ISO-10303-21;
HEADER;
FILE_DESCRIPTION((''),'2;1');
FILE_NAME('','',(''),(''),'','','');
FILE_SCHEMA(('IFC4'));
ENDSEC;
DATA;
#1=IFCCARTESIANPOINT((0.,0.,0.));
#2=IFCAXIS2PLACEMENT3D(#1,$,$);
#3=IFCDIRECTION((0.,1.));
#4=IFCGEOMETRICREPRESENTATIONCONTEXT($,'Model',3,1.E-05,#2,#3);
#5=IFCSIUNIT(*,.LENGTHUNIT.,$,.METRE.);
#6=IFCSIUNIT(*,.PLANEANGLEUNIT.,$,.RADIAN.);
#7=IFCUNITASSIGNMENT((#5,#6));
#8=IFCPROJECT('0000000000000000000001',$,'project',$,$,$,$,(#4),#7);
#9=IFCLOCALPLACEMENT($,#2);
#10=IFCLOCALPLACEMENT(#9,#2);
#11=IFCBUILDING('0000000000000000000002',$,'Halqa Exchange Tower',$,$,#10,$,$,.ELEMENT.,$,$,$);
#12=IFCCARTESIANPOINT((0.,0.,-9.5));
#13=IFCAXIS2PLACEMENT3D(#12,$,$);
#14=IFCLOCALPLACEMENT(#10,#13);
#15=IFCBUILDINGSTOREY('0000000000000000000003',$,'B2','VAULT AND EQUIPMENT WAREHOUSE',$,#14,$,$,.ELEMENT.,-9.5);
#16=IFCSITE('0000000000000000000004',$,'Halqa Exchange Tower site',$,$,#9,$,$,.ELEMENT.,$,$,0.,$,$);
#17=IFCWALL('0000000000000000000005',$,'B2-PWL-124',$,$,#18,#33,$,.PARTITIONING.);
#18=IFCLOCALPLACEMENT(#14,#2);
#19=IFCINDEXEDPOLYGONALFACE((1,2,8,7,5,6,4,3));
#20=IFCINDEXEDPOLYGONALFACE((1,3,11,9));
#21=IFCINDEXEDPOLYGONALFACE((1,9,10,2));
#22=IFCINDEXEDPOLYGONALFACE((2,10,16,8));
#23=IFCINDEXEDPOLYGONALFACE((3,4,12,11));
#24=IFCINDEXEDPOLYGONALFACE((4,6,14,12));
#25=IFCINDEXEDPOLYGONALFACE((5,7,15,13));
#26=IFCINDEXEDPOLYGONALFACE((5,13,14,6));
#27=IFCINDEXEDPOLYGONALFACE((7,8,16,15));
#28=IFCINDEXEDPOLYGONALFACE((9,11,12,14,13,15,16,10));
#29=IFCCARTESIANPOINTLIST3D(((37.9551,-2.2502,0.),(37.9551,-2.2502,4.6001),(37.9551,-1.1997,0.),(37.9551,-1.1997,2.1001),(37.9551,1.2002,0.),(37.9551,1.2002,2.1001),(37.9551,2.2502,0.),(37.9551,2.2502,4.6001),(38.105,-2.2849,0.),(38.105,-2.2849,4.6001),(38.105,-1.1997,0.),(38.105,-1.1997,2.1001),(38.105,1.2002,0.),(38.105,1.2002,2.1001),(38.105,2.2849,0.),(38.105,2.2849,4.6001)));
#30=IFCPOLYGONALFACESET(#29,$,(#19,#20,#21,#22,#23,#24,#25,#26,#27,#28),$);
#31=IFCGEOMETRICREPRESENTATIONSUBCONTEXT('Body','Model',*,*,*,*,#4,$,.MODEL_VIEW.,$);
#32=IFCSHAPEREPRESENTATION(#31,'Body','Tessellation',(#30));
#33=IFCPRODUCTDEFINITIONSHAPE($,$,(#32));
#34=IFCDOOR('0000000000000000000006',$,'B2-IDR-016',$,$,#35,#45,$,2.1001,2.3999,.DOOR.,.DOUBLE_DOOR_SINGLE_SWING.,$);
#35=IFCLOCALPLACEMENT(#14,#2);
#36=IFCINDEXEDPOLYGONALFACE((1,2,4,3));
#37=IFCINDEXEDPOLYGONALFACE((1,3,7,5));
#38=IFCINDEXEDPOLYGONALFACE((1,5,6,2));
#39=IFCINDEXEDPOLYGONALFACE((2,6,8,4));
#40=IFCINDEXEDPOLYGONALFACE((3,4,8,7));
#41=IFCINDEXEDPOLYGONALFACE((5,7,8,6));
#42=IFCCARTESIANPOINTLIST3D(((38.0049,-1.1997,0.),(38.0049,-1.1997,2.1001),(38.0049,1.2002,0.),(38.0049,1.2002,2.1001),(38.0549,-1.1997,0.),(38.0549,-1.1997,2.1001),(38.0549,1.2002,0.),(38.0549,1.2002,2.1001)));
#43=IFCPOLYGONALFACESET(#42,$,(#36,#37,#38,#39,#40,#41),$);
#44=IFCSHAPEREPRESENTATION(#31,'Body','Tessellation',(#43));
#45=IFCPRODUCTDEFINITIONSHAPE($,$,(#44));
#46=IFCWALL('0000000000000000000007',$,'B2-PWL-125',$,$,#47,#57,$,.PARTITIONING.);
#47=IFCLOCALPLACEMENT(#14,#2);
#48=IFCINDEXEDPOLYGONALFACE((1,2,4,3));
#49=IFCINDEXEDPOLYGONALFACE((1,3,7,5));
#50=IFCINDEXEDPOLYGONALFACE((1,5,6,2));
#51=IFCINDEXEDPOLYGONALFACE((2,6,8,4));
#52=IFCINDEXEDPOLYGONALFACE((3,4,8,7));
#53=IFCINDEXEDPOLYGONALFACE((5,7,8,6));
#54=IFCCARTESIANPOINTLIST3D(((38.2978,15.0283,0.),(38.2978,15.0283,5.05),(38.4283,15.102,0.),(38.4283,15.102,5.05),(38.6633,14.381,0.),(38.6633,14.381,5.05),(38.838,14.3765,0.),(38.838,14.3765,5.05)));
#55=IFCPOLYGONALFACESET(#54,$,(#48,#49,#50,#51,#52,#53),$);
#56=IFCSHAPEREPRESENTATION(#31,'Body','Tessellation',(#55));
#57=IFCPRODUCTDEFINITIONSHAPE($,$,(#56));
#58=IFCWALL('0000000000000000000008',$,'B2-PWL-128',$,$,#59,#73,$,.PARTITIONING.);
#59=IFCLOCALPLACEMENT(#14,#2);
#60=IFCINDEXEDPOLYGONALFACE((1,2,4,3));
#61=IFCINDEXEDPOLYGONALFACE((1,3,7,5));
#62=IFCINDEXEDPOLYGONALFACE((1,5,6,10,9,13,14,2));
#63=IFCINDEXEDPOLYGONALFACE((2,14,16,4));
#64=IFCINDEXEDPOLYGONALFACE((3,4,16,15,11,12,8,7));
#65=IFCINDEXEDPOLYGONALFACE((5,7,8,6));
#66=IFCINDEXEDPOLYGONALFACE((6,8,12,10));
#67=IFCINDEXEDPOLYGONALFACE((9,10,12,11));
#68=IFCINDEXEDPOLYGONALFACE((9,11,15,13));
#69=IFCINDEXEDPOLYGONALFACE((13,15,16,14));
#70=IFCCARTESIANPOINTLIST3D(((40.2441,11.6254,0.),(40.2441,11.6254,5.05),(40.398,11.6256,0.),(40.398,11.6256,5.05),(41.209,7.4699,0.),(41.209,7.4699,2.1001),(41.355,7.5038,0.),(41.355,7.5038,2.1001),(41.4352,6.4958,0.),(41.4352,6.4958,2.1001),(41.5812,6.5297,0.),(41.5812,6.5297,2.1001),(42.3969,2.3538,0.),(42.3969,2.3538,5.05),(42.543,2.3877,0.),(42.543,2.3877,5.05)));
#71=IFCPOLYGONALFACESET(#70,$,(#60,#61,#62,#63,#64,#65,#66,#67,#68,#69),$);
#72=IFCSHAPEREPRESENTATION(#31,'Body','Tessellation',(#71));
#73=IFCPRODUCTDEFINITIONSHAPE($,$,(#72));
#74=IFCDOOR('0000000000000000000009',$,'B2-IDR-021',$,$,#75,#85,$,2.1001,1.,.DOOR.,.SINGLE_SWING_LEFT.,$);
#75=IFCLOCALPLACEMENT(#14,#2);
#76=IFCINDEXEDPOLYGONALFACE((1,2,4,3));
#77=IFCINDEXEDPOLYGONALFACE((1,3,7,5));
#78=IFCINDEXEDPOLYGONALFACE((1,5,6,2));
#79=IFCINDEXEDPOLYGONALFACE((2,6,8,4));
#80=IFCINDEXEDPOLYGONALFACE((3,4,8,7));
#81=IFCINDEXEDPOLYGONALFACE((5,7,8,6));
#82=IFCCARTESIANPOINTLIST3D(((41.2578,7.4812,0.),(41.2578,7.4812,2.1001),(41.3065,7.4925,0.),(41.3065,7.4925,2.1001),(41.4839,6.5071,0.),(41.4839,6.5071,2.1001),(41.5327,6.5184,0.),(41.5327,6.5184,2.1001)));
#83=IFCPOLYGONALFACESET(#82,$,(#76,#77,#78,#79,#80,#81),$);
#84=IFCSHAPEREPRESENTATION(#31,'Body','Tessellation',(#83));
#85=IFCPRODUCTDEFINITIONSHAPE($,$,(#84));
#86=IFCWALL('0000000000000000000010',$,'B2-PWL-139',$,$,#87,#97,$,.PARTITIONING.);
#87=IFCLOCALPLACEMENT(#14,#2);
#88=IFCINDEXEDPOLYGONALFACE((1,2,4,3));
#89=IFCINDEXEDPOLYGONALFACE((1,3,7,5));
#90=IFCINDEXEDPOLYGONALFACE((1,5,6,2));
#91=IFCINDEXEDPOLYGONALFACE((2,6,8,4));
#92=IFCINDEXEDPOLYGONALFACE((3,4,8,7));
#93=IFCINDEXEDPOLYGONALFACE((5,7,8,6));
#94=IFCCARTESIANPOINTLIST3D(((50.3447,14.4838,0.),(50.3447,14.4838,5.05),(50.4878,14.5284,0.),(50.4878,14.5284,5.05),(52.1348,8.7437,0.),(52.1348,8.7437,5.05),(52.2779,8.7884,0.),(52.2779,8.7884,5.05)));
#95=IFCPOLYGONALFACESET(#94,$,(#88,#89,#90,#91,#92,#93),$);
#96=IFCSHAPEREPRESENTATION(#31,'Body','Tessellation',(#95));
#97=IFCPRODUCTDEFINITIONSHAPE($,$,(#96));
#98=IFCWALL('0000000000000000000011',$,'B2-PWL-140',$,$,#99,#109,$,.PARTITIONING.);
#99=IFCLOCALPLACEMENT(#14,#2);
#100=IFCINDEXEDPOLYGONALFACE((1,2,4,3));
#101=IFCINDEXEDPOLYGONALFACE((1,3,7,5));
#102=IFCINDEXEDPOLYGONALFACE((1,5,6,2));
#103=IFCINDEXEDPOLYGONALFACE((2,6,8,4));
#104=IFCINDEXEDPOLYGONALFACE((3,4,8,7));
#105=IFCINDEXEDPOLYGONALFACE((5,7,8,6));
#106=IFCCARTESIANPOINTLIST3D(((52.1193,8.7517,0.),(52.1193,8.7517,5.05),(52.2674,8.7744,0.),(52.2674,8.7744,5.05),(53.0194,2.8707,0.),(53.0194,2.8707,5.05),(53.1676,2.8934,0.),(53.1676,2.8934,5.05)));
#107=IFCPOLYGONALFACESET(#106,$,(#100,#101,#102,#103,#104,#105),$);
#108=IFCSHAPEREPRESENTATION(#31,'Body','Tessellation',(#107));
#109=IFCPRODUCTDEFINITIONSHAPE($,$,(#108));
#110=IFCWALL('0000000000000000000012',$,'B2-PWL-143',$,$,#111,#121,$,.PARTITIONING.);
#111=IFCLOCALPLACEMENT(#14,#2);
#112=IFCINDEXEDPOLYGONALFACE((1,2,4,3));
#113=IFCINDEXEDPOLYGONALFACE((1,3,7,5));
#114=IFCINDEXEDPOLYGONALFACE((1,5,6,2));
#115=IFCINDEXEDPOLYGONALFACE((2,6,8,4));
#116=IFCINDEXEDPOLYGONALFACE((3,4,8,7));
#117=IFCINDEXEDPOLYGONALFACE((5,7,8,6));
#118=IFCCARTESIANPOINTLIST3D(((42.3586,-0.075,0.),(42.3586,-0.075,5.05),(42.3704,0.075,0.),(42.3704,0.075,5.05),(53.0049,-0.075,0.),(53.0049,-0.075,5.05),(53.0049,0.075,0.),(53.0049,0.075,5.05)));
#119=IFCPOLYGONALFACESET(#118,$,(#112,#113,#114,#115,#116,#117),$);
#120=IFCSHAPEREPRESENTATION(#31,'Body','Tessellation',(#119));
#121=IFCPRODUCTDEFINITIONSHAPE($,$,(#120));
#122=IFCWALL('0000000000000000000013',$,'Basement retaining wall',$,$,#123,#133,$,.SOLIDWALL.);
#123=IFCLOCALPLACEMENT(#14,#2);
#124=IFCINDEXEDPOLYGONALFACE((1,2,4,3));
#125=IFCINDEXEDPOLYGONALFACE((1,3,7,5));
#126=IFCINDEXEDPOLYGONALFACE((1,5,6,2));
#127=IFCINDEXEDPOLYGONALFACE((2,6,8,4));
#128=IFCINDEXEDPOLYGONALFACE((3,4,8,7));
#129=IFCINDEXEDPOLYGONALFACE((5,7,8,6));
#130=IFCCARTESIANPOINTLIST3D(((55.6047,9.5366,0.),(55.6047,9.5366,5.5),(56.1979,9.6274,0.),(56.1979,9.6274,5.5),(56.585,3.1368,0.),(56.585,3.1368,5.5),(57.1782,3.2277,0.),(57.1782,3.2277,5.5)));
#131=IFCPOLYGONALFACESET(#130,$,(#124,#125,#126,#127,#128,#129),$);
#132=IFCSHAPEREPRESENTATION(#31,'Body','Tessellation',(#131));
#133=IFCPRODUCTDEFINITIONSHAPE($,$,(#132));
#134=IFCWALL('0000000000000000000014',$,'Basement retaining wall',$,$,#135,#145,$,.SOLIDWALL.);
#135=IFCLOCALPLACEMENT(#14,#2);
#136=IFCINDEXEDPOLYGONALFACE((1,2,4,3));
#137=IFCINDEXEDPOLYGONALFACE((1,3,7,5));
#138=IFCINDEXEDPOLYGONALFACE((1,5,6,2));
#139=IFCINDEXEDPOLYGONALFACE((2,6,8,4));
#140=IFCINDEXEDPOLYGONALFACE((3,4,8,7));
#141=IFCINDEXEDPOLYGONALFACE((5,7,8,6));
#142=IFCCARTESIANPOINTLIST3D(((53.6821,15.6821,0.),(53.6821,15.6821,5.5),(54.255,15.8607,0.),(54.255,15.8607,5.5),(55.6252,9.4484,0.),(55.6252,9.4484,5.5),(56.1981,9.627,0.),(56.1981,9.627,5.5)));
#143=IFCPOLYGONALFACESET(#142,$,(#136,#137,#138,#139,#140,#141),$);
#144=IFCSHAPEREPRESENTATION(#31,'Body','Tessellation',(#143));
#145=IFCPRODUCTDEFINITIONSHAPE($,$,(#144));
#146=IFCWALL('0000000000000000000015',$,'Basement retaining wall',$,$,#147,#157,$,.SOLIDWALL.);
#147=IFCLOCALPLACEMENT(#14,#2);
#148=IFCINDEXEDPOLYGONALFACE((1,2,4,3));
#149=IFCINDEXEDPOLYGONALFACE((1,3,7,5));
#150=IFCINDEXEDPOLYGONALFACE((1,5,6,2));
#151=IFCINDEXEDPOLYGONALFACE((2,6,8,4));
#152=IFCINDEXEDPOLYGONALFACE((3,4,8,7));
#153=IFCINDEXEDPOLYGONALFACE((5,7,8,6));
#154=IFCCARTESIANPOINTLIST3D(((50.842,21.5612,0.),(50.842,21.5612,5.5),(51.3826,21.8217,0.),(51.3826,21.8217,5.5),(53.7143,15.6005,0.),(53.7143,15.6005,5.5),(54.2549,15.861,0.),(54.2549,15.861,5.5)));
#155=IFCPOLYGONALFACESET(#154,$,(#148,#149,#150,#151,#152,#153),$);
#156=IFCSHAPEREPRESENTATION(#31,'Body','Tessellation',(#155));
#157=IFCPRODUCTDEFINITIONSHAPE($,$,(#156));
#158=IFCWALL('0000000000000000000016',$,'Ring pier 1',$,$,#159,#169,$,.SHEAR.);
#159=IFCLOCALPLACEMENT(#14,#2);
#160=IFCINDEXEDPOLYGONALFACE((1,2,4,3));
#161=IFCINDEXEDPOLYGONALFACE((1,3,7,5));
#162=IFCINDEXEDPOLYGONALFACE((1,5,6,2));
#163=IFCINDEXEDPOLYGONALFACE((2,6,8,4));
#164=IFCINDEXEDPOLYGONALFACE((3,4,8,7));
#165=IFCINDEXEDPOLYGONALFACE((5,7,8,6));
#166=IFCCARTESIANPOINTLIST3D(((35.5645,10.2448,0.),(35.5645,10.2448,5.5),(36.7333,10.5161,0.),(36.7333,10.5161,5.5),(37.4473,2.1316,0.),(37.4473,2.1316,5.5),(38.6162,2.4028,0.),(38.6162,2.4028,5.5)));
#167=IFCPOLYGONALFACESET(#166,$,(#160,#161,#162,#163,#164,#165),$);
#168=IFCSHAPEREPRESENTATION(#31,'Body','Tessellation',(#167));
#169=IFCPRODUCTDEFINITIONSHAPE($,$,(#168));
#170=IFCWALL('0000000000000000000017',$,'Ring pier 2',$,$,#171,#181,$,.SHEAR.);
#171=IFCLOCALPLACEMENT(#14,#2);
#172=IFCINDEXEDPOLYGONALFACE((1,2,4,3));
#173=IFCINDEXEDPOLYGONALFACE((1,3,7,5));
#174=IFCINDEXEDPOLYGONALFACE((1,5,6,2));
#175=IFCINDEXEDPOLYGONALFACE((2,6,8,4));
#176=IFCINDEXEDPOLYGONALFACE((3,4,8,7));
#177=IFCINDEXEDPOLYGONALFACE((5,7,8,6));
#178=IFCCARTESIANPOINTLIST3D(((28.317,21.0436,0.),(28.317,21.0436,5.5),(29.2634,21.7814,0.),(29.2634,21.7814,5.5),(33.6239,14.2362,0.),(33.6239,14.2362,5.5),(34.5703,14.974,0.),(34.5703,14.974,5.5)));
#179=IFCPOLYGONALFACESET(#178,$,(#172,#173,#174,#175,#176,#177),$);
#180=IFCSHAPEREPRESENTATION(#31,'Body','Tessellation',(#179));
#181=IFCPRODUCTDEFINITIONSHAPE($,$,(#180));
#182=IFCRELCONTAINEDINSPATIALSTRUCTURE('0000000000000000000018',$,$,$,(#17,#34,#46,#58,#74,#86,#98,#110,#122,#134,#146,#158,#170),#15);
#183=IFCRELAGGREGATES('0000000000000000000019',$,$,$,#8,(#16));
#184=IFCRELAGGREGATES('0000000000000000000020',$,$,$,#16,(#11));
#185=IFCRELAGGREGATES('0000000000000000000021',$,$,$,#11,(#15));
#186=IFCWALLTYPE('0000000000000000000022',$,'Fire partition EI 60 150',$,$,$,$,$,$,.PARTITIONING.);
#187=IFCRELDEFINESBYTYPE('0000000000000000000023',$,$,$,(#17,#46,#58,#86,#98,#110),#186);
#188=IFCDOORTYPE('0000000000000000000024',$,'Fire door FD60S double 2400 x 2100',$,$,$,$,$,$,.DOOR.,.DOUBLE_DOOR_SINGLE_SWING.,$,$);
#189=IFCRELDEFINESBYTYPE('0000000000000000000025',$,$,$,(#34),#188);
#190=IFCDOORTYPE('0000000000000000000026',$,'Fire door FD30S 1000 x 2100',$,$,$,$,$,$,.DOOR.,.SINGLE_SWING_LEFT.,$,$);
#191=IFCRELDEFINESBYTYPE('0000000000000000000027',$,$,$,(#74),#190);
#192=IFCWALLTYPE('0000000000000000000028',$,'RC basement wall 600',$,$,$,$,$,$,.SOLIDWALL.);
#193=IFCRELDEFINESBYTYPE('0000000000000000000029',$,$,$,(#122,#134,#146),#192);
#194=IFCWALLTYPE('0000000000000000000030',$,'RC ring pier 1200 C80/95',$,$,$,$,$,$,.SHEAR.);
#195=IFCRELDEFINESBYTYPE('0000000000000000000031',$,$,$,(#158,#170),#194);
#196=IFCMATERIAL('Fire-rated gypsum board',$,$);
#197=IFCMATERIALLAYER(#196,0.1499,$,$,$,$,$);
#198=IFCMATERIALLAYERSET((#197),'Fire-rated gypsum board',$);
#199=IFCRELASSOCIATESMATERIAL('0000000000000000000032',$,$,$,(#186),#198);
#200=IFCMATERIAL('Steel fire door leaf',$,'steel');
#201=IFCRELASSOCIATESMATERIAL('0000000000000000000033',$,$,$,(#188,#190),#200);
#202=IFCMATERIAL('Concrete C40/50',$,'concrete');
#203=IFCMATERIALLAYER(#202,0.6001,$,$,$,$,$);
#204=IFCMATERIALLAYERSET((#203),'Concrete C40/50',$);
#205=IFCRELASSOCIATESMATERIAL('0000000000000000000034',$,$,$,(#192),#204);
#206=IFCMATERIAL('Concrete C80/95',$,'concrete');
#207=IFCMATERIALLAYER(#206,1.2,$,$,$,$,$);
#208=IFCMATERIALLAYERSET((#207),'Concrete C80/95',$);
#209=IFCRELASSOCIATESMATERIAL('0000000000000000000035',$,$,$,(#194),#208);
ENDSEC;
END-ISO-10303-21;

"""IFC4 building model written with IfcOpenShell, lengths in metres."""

from ifc_helpers import new_model, si_unit, direction, frame, frame_2d, origin, place, context, subcontext, project, spatial, polyline, rectangle, outline, extrude, material, layer, layer_set, type_object, element, fill, save


model = new_model("IFC4")

# Units and contexts
model_context = context("Model", 3, precision=1e-05, world=origin(), true_north=direction((0.0, 1.0)))
body_context = subcontext(model_context, "Body", "Model", "MODEL_VIEW")
ifc_project = project(units=[si_unit("LENGTHUNIT", "METRE"), si_unit("PLANEANGLEUNIT", "RADIAN")], contexts=[model_context])

# Site, building, storey
site_placement = place(None, origin())
site = spatial("IfcSite", under=ifc_project, at=site_placement, Name="Halqa Exchange Tower site", CompositionType="ELEMENT", RefElevation=0.0)
building_placement = place(site_placement, origin())
building = spatial("IfcBuilding", under=site, at=building_placement, Name="Halqa Exchange Tower", CompositionType="ELEMENT")
storey_placement = place(building_placement, frame((0.0, 0.0, -9.5)))
storey = spatial("IfcBuildingStorey", under=building, at=storey_placement, Name="B2", Description="VAULT AND EQUIPMENT WAREHOUSE", CompositionType="ELEMENT", Elevation=-9.5)

# Wall, opening, door
ifc_material_1 = material(Name="Fire-rated gypsum board")
ifc_layer_1 = layer(ifc_material_1, 0.1499)
ifc_layer_set_1 = layer_set([ifc_layer_1], Name="Fire-rated gypsum board")
wall_type_1 = type_object("IfcWallType", Name="Fire partition EI 60 150", PredefinedType="PARTITIONING", material=ifc_layer_set_1)
ifc_material_2 = material(Name="Steel fire door leaf", Category="steel")
door_type_1 = type_object("IfcDoorType", Name="Fire door FD60S double 2400 x 2100", OperationType="DOUBLE_DOOR_SINGLE_SWING", PredefinedType="DOOR", material=ifc_material_2)
wall_1_placement = place(storey_placement, frame((38.03, 2.2676, 0.0), z_axis=(0.0, 0.0, 1.0), x_axis=(0.0, -1.0, 0.0)))
wall_1 = element("IfcWall", 1, at=wall_1_placement, inside=storey, type_object=wall_type_1, Name="B2-PWL-124", PredefinedType="PARTITIONING", context=body_context, shape_type="SweptSolid", body=[
    extrude(outline(polyline([(0.0173, -0.075), (4.5178, -0.075), (4.5525, 0.075), (-0.0173, 0.075), (0.0173, -0.075)])), origin(), (0.0, 0.0, 1.0), 4.6001),
])
opening_1_placement = place(wall_1_placement, frame((1.0674, 0.0, 0.0)))
opening_1 = element("IfcOpeningElement", 2, at=opening_1_placement, cuts=wall_1, PredefinedType="OPENING", context=body_context, shape_type="SweptSolid", body=[
    extrude(rectangle(XDim=2.3999, YDim=2.1001, at=frame_2d((1.2, 1.05))), frame((0.0, 0.0869, 0.0), z_axis=(0.0, -1.0, 0.0), x_axis=(1.0, 0.0, 0.0)), (0.0, 0.0, 1.0), 0.1738),
])
door_1_placement = place(opening_1_placement, origin())
door_1 = element("IfcDoor", 3, at=door_1_placement, inside=storey, type_object=door_type_1, Name="B2-IDR-016", OperationType="DOUBLE_DOOR_SINGLE_SWING", OverallHeight=2.1001, OverallWidth=2.3999, PredefinedType="DOOR", context=body_context, shape_type="SweptSolid", body=[
    extrude(rectangle(XDim=2.3999, YDim=2.1001, at=frame_2d((1.2, 1.05))), frame((0.0, 0.0249, 0.0), z_axis=(0.0, -1.0, 0.0), x_axis=(1.0, 0.0, 0.0)), (0.0, 0.0, 1.0), 0.05),
])
fill(opening_1, door_1)

# Wall
wall_2_placement = place(storey_placement, frame((38.363, 15.0652, 0.0), z_axis=(0.0, 0.0, 1.0), x_axis=(0.491731, -0.870747, 0.0)))
element("IfcWall", 4, at=wall_2_placement, inside=storey, type_object=wall_type_1, Name="B2-PWL-125", PredefinedType="PARTITIONING", context=body_context, shape_type="SweptSolid", body=[
    extrude(outline(polyline([(0.0, -0.075), (0.7434, -0.075), (0.8333, 0.075), (0.0, 0.075), (0.0, -0.075)])), origin(), (0.0, 0.0, 1.0), 5.05),
])

# Wall, opening, door
wall_3_placement = place(storey_placement, frame((40.321, 11.6255, 0.0), z_axis=(0.0, 0.0, 1.0), x_axis=(0.226177, -0.974086, 0.0)))
wall_3 = element("IfcWall", 5, at=wall_3_placement, inside=storey, type_object=wall_type_1, Name="B2-PWL-128", PredefinedType="PARTITIONING", context=body_context, shape_type="SweptSolid", body=[
    extrude(outline(polyline([(-0.0173, -0.075), (9.501, -0.075), (9.501, 0.075), (0.0173, 0.075), (-0.0173, -0.075)])), origin(), (0.0, 0.0, 1.0), 5.05),
])
opening_2_placement = place(wall_3_placement, frame((4.2488, 0.0, 0.0)))
opening_2 = element("IfcOpeningElement", 6, at=opening_2_placement, cuts=wall_3, PredefinedType="OPENING", context=body_context, shape_type="SweptSolid", body=[
    extrude(rectangle(XDim=1.0, YDim=2.1001, at=frame_2d((0.5, 1.05))), frame((0.0, 0.0869, 0.0), z_axis=(0.0, -1.0, 0.0), x_axis=(1.0, 0.0, 0.0)), (0.0, 0.0, 1.0), 0.1738),
])
door_type_2 = type_object("IfcDoorType", Name="Fire door FD30S 1000 x 2100", OperationType="SINGLE_SWING_LEFT", PredefinedType="DOOR", material=ifc_material_2)
door_2_placement = place(opening_2_placement, frame((1.0, 0.0, 0.0), z_axis=(0.0, 0.0, 1.0), x_axis=(-1.0, 0.0, 0.0)))
door_2 = element("IfcDoor", 7, at=door_2_placement, inside=storey, type_object=door_type_2, Name="B2-IDR-021", OperationType="SINGLE_SWING_LEFT", OverallHeight=2.1001, OverallWidth=1.0, PredefinedType="DOOR", context=body_context, shape_type="SweptSolid", body=[
    extrude(rectangle(XDim=1.0, YDim=2.1001, at=frame_2d((0.5, 1.05))), frame((0.0, 0.0249, 0.0), z_axis=(0.0, -1.0, 0.0), x_axis=(1.0, 0.0, 0.0)), (0.0, 0.0, 1.0), 0.05),
])
fill(opening_2, door_2)

# Walls
wall_4_placement = place(storey_placement, frame((50.4163, 14.5061, 0.0), z_axis=(0.0, 0.0, 1.0), x_axis=(0.297713, -0.954655, 0.0)))
element("IfcWall", 8, at=wall_4_placement, inside=storey, type_object=wall_type_1, Name="B2-PWL-139", PredefinedType="PARTITIONING", context=body_context, shape_type="SweptSolid", body=[
    extrude(rectangle(XDim=6.0127, YDim=0.1499, at=frame_2d((3.0063, 0.0))), origin(), (0.0, 0.0, 1.0), 5.05),
])
wall_5_placement = place(storey_placement, frame((52.1934, 8.7629, 0.0), z_axis=(0.0, 0.0, 1.0), x_axis=(0.151302, -0.988488, 0.0)))
element("IfcWall", 9, at=wall_5_placement, inside=storey, type_object=wall_type_1, Name="B2-PWL-140", PredefinedType="PARTITIONING", context=body_context, shape_type="SweptSolid", body=[
    extrude(rectangle(XDim=5.9495, YDim=0.1499, at=frame_2d((2.9746, 0.0))), origin(), (0.0, 0.0, 1.0), 5.05),
])
wall_6_placement = place(storey_placement, frame((53.0049, 0.0, 0.0), z_axis=(0.0, 0.0, 1.0), x_axis=(-1.0, 0.0, 0.0)))
element("IfcWall", 10, at=wall_6_placement, inside=storey, type_object=wall_type_1, Name="B2-PWL-143", PredefinedType="PARTITIONING", context=body_context, shape_type="SweptSolid", body=[
    extrude(outline(polyline([(0.0, -0.075), (10.6345, -0.075), (10.6462, 0.075), (0.0, 0.075), (0.0, -0.075)])), origin(), (0.0, 0.0, 1.0), 5.05),
])
ifc_material_3 = material(Name="Concrete C40/50", Category="concrete")
ifc_layer_2 = layer(ifc_material_3, 0.6001)
ifc_layer_set_2 = layer_set([ifc_layer_2], Name="Concrete C40/50")
wall_type_2 = type_object("IfcWallType", Name="RC basement wall 600", PredefinedType="SOLIDWALL", material=ifc_layer_set_2)
wall_7_placement = place(storey_placement, frame((56.8816, 3.1821, 0.0), z_axis=(0.0, 0.0, 1.0), x_axis=(-0.151403, 0.988472, 0.0)))
element("IfcWall", 11, at=wall_7_placement, inside=storey, type_object=wall_type_2, Name="Basement retaining wall", PredefinedType="SOLIDWALL", context=body_context, shape_type="SweptSolid", body=[
    extrude(rectangle(XDim=6.4744, YDim=0.6001, at=frame_2d((3.2373, 0.0))), origin(), (0.0, 0.0, 1.0), 5.5),
])
wall_8_placement = place(storey_placement, frame((55.9116, 9.5378, 0.0), z_axis=(0.0, 0.0, 1.0), x_axis=(-0.297592, 0.954693, 0.0)))
element("IfcWall", 12, at=wall_8_placement, inside=storey, type_object=wall_type_2, Name="Basement retaining wall", PredefinedType="SOLIDWALL", context=body_context, shape_type="SweptSolid", body=[
    extrude(rectangle(XDim=6.5295, YDim=0.6001, at=frame_2d((3.2646, 0.0))), origin(), (0.0, 0.0, 1.0), 5.5),
])
wall_9_placement = place(storey_placement, frame((53.9846, 15.7307, 0.0), z_axis=(0.0, 0.0, 1.0), x_axis=(-0.434104, 0.900863, 0.0)))
element("IfcWall", 13, at=wall_9_placement, inside=storey, type_object=wall_type_2, Name="Basement retaining wall", PredefinedType="SOLIDWALL", context=body_context, shape_type="SweptSolid", body=[
    extrude(rectangle(XDim=6.6167, YDim=0.6001, at=frame_2d((3.3083, 0.0))), origin(), (0.0, 0.0, 1.0), 5.5),
])
ifc_material_4 = material(Name="Concrete C80/95", Category="concrete")
ifc_layer_3 = layer(ifc_material_4, 1.2)
ifc_layer_set_3 = layer_set([ifc_layer_3], Name="Concrete C80/95")
wall_type_3 = type_object("IfcWallType", Name="RC ring pier 1200 C80/95", PredefinedType="SHEAR", material=ifc_layer_set_3)
wall_10_placement = place(storey_placement, frame((38.0317, 2.2671, 0.0), z_axis=(0.0, 0.0, 1.0), x_axis=(-0.226058, 0.974114, 0.0)))
element("IfcWall", 14, at=wall_10_placement, inside=storey, type_object=wall_type_3, Name="Ring pier 1", PredefinedType="SHEAR", context=body_context, shape_type="SweptSolid", body=[
    extrude(rectangle(XDim=8.3289, YDim=1.2, at=frame_2d((4.1646, 0.0))), origin(), (0.0, 0.0, 1.0), 5.5),
])
wall_11_placement = place(storey_placement, frame((34.0972, 14.605, 0.0), z_axis=(0.0, 0.0, 1.0), x_axis=(-0.614825, 0.788663, 0.0)))
element("IfcWall", 15, at=wall_11_placement, inside=storey, type_object=wall_type_3, Name="Ring pier 2", PredefinedType="SHEAR", context=body_context, shape_type="SweptSolid", body=[
    extrude(rectangle(XDim=8.6316, YDim=1.2, at=frame_2d((4.3159, 0.0))), origin(), (0.0, 0.0, 1.0), 5.5),
])

save(model, "model.ifc")
